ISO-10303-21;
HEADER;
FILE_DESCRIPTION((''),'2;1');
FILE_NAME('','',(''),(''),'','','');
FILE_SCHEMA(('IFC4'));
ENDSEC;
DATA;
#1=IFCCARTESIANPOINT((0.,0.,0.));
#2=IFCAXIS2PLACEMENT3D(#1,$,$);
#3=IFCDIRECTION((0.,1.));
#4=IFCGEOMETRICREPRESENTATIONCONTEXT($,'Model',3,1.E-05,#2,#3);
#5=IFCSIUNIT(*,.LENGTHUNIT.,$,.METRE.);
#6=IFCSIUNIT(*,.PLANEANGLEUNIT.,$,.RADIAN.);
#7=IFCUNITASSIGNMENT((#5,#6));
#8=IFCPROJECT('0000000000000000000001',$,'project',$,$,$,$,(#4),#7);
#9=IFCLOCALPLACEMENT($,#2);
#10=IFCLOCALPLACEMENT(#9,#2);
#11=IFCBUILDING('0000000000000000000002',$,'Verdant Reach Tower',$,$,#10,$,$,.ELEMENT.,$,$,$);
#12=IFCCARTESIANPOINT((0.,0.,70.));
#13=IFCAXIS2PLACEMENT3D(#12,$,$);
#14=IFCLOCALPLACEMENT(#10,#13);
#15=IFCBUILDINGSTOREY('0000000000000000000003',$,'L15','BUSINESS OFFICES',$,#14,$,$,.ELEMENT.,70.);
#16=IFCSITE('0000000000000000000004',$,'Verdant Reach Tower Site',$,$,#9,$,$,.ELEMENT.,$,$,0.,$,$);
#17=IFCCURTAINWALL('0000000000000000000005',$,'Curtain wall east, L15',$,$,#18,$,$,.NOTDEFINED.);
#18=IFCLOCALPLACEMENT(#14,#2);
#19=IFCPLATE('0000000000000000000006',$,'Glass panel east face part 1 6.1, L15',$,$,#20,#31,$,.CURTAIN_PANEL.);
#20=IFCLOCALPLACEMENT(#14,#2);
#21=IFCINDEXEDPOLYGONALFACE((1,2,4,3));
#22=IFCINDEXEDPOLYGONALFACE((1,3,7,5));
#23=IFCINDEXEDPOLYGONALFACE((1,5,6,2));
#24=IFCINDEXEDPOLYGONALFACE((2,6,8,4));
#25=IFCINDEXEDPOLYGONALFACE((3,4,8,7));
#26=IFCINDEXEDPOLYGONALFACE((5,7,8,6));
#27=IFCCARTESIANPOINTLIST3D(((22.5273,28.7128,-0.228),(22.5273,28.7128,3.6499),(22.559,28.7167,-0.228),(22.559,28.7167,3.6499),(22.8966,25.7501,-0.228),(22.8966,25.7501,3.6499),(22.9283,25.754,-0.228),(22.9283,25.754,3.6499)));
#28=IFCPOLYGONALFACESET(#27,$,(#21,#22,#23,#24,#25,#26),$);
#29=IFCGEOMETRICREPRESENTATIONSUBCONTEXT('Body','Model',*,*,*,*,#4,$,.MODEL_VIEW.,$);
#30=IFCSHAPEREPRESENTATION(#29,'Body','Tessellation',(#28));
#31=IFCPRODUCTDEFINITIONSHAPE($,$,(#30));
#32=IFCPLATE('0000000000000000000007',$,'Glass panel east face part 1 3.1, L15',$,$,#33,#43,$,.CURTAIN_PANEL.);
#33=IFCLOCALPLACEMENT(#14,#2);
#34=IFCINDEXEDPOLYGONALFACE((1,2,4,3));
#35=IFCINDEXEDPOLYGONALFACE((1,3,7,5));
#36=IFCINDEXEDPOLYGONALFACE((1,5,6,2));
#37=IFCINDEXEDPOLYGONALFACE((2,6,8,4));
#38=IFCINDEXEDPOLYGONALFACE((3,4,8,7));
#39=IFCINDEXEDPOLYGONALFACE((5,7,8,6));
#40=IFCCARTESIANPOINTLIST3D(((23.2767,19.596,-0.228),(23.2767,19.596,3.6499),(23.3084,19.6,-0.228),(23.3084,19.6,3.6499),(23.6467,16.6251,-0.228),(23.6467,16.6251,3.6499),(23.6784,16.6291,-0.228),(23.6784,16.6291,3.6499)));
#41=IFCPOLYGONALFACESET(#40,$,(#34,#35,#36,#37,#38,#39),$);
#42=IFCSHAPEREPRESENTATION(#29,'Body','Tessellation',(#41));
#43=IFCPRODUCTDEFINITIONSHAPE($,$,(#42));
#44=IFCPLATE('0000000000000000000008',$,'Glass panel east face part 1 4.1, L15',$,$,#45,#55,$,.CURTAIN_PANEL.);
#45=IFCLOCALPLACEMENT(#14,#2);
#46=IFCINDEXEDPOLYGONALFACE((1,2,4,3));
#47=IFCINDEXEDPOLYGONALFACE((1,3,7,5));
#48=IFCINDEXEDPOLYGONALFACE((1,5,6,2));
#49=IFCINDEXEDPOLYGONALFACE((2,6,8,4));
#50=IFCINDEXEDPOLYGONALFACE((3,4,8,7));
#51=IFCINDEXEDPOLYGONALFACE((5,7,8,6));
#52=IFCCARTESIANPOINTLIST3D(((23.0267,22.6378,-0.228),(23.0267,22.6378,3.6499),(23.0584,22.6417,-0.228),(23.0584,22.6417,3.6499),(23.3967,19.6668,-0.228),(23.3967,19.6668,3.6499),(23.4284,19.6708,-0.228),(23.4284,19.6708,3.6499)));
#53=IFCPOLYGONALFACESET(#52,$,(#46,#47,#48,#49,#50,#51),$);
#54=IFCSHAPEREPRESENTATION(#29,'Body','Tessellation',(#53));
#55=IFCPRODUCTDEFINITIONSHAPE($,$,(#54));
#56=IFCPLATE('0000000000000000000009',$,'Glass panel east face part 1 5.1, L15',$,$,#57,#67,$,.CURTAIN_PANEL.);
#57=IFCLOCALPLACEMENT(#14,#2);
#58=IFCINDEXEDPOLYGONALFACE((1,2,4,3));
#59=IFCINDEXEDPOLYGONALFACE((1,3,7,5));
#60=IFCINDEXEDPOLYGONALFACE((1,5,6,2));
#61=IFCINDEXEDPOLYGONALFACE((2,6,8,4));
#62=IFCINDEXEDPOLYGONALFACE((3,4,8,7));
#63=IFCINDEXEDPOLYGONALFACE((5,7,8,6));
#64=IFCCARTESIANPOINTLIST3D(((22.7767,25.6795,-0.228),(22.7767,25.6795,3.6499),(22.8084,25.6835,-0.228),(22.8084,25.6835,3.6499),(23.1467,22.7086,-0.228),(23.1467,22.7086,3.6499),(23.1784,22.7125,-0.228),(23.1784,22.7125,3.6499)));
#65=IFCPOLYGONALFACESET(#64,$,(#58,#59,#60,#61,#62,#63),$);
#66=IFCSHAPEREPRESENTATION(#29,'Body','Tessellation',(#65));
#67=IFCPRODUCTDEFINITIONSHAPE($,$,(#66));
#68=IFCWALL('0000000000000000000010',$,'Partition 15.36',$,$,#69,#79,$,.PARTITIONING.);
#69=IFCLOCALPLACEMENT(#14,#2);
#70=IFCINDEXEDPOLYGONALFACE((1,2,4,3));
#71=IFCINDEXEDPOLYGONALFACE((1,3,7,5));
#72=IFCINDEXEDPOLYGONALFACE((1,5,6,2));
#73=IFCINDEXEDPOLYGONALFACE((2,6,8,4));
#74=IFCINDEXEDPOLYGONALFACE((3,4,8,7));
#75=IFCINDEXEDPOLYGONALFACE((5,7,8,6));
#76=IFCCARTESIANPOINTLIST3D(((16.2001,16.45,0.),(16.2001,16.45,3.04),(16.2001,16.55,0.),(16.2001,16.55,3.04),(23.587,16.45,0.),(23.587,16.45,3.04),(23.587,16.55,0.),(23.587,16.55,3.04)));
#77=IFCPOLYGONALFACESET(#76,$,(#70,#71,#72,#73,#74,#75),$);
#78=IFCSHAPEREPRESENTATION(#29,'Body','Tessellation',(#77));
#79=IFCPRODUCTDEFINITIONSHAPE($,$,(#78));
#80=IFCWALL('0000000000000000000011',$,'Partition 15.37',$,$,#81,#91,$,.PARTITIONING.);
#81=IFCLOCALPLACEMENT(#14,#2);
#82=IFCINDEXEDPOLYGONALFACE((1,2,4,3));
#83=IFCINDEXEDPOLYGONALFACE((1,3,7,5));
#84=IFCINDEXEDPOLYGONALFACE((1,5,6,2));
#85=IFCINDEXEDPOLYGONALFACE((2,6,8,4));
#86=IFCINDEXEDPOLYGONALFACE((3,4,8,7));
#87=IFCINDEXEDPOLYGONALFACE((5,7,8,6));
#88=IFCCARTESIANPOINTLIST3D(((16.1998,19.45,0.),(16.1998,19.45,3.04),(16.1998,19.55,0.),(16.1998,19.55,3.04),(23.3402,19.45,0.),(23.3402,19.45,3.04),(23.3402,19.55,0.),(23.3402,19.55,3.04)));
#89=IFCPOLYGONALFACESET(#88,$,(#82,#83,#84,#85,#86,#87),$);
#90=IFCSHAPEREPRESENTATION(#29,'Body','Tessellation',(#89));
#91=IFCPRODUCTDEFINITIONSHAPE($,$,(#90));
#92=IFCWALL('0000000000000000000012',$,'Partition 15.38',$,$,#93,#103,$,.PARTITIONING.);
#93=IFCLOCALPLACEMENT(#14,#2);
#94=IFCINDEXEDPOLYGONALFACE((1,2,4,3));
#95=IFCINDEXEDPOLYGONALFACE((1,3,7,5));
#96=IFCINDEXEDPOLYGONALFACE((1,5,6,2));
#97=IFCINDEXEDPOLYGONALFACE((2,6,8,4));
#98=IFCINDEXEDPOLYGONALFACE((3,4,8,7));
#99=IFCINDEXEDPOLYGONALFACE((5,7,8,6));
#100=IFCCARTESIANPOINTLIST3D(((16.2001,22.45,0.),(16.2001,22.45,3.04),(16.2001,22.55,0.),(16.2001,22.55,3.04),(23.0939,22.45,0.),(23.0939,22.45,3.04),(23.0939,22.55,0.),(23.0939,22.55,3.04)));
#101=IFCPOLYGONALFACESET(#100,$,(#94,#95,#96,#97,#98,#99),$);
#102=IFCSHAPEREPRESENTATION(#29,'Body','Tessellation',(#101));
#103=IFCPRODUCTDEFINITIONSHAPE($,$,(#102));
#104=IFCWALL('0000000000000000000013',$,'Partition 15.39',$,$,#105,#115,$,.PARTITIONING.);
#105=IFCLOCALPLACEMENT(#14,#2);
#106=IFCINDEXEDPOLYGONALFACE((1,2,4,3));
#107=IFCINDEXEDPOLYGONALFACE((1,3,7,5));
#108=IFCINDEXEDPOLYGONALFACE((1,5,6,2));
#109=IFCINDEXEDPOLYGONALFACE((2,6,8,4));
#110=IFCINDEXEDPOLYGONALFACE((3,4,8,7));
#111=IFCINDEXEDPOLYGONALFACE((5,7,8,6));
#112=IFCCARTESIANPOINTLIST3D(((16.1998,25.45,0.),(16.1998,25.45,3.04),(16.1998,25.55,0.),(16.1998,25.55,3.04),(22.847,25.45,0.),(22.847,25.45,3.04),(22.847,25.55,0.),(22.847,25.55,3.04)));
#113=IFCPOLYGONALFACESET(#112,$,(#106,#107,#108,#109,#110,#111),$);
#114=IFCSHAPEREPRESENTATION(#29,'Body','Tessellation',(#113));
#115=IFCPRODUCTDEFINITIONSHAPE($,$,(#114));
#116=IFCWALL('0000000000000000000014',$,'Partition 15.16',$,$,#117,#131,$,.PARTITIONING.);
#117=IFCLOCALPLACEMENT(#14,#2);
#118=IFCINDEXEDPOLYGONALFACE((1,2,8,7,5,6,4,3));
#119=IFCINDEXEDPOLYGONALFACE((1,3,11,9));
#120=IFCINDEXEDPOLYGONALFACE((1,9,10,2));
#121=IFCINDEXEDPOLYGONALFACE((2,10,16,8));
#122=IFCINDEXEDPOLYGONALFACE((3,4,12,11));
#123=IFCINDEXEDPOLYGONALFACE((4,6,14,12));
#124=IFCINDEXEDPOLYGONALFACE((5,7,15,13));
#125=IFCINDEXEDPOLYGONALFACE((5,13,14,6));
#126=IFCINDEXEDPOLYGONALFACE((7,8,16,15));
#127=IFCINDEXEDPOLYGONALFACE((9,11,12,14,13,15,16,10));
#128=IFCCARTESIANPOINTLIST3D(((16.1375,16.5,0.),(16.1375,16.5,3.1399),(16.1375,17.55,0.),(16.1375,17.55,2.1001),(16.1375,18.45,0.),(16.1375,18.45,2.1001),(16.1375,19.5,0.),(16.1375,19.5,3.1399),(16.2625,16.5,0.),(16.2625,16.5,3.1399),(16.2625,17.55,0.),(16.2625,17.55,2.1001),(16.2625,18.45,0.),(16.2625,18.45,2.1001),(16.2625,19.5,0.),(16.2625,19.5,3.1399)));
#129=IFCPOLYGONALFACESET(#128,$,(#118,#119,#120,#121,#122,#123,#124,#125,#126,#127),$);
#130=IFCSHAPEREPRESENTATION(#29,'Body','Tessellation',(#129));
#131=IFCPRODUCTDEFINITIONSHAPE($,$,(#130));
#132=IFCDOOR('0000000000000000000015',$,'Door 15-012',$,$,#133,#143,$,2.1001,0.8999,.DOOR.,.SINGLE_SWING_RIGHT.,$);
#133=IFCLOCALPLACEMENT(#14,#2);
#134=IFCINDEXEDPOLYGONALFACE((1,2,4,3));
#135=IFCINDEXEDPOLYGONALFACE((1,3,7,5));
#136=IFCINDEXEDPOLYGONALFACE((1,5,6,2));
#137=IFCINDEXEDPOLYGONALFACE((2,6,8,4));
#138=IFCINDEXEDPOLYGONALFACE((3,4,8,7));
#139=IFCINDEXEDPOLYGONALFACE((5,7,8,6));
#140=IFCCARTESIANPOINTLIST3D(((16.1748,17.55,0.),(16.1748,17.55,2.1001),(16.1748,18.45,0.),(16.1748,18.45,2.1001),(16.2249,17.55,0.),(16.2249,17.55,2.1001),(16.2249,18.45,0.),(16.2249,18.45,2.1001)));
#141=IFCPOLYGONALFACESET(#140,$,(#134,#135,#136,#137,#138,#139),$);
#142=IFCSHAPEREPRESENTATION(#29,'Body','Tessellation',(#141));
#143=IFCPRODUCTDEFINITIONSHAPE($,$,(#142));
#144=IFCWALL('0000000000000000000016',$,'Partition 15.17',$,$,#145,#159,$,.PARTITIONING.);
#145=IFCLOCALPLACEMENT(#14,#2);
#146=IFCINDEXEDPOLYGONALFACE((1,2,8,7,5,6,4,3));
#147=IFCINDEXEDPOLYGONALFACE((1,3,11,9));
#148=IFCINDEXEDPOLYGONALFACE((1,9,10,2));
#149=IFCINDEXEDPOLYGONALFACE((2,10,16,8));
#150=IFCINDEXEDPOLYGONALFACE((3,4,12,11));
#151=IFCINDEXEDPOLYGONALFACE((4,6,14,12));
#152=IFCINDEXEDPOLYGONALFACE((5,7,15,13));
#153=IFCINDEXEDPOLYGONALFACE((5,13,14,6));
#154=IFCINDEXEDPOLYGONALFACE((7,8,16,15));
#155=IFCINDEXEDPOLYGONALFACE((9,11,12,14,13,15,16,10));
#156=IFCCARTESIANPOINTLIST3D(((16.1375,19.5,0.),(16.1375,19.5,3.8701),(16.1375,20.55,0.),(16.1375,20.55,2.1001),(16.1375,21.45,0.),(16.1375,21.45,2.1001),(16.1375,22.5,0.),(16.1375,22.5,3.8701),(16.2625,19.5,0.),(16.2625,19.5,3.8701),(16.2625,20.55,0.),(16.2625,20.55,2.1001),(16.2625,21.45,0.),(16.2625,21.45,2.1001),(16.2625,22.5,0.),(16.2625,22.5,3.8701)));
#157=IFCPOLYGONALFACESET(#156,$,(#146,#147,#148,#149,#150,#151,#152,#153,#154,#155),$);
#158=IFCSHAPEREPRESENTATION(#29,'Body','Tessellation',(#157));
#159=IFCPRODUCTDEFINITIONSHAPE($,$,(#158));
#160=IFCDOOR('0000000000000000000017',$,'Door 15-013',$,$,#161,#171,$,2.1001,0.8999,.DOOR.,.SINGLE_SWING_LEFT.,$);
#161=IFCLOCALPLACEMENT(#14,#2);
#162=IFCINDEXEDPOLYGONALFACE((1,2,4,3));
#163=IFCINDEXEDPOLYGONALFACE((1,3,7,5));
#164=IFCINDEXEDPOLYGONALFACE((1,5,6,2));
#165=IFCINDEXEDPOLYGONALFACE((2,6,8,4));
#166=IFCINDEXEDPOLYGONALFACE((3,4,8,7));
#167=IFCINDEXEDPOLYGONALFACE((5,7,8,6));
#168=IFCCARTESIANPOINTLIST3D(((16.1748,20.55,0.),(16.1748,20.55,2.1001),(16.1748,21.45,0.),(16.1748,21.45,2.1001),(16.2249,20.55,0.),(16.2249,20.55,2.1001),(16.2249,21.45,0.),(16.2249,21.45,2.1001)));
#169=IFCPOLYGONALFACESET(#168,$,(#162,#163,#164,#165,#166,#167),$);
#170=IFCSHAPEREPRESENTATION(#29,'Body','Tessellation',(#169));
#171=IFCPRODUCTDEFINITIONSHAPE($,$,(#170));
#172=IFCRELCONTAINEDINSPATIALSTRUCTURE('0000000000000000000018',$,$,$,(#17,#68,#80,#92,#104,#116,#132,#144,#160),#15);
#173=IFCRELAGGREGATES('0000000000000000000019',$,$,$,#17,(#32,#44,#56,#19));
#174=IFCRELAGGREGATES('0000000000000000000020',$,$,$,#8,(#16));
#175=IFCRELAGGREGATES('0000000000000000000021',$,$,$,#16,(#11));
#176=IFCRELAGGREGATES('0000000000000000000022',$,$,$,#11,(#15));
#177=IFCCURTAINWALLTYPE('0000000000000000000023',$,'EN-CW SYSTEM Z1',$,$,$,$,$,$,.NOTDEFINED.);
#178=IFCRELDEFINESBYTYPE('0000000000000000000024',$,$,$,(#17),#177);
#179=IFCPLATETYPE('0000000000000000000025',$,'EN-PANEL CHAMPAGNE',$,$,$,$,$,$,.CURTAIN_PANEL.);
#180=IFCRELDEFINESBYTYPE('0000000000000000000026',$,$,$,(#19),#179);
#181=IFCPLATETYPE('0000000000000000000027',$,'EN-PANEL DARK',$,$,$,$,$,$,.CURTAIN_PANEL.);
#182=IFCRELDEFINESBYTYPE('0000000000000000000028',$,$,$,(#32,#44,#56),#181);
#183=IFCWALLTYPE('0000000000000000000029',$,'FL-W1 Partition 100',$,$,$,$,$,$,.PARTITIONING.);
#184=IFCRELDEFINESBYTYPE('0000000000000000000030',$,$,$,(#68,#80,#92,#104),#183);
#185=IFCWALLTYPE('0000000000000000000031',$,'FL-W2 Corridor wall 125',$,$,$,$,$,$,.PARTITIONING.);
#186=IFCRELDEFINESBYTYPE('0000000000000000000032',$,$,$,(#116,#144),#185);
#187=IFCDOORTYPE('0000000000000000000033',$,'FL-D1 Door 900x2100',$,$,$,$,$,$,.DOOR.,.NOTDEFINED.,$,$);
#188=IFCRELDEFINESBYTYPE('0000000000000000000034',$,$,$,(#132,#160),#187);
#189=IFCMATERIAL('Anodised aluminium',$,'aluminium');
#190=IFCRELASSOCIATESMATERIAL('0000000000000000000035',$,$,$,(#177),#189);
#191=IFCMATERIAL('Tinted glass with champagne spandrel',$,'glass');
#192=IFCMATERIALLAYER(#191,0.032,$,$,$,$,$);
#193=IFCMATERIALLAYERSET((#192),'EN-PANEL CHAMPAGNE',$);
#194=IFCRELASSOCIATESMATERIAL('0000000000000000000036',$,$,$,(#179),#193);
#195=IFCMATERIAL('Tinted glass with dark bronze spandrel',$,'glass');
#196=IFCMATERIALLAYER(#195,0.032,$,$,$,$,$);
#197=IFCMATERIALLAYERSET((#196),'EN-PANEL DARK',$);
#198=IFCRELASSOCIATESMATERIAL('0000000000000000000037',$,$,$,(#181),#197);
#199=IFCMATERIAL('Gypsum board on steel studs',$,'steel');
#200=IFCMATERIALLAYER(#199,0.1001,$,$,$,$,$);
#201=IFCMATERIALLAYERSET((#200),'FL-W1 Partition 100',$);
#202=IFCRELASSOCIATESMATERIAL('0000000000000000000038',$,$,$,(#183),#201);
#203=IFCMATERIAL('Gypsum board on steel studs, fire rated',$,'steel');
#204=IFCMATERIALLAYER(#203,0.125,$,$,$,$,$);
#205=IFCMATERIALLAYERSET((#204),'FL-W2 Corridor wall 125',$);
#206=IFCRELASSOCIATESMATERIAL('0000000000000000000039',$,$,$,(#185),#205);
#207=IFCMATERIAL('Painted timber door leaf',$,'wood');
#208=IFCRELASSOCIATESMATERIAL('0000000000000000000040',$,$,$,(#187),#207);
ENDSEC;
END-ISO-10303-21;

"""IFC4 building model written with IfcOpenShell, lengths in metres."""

from ifc_helpers import new_model, si_unit, direction, frame, frame_2d, origin, origin_2d, place, context, subcontext, project, spatial, rectangle, extrude, material, layer, layer_set, type_object, element, fill, aggregate, save


model = new_model("IFC4")

# Units and contexts
model_context = context("Model", 3, precision=1e-05, world=origin(), true_north=direction((0.0, 1.0)))
body_context = subcontext(model_context, "Body", "Model", "MODEL_VIEW")
ifc_project = project(units=[si_unit("LENGTHUNIT", "METRE"), si_unit("PLANEANGLEUNIT", "RADIAN")], contexts=[model_context])

# Site, building, storey
site_placement = place(None, origin())
site = spatial("IfcSite", under=ifc_project, at=site_placement, Name="Verdant Reach Tower Site", CompositionType="ELEMENT", RefElevation=0.0)
building_placement = place(site_placement, origin())
building = spatial("IfcBuilding", under=site, at=building_placement, Name="Verdant Reach Tower", CompositionType="ELEMENT")
storey_placement = place(building_placement, frame((0.0, 0.0, 70.0)))
storey = spatial("IfcBuildingStorey", under=building, at=storey_placement, Name="L15", Description="BUSINESS OFFICES", CompositionType="ELEMENT", Elevation=70.0)

# Curtain wall
ifc_material_1 = material(Name="Anodised aluminium", Category="aluminium")
curtain_wall_type = type_object("IfcCurtainWallType", Name="EN-CW SYSTEM Z1", PredefinedType="NOTDEFINED", material=ifc_material_1)
curtain_wall_placement = place(storey_placement, origin())
curtain_wall = element("IfcCurtainWall", 1, at=curtain_wall_placement, inside=storey, type_object=curtain_wall_type, Name="Curtain wall east, L15", PredefinedType="NOTDEFINED")

# Plates
ifc_material_2 = material(Name="Tinted glass with champagne spandrel", Category="glass")
ifc_layer_1 = layer(ifc_material_2, 0.032)
ifc_layer_set_1 = layer_set([ifc_layer_1], Name="EN-PANEL CHAMPAGNE")
plate_type_1 = type_object("IfcPlateType", Name="EN-PANEL CHAMPAGNE", PredefinedType="CURTAIN_PANEL", material=ifc_layer_set_1)
plate_1_placement = place(storey_placement, frame((22.7278, 27.2334, -0.228), z_axis=(0.0, 0.0, 1.0), x_axis=(-0.123691, 0.992321, 0.0)))
plate_1 = element("IfcPlate", 2, at=plate_1_placement, type_object=plate_type_1, Name="Glass panel east face part 1 6.1, L15", PredefinedType="CURTAIN_PANEL", context=body_context, shape_type="SweptSolid", body=[
    extrude(rectangle(XDim=2.9856, YDim=0.032, at=origin_2d()), origin(), (0.0, 0.0, 1.0), 3.8779),
])
ifc_material_3 = material(Name="Tinted glass with dark bronze spandrel", Category="glass")
ifc_layer_2 = layer(ifc_material_3, 0.032)
ifc_layer_set_2 = layer_set([ifc_layer_2], Name="EN-PANEL DARK")
plate_type_2 = type_object("IfcPlateType", Name="EN-PANEL DARK", PredefinedType="CURTAIN_PANEL", material=ifc_layer_set_2)
plate_2_placement = place(storey_placement, frame((23.4775, 18.1125, -0.228), z_axis=(0.0, 0.0, 1.0), x_axis=(-0.123579, 0.992335, 0.0)))
plate_2 = element("IfcPlate", 3, at=plate_2_placement, type_object=plate_type_2, Name="Glass panel east face part 1 3.1, L15", PredefinedType="CURTAIN_PANEL", context=body_context, shape_type="SweptSolid", body=[
    extrude(rectangle(XDim=2.9939, YDim=0.032, at=origin_2d()), origin(), (0.0, 0.0, 1.0), 3.8779),
])
plate_3_placement = place(storey_placement, frame((23.2275, 21.1543, -0.228), z_axis=(0.0, 0.0, 1.0), x_axis=(-0.123579, 0.992335, 0.0)))
plate_3 = element("IfcPlate", 4, at=plate_3_placement, type_object=plate_type_2, Name="Glass panel east face part 1 4.1, L15", PredefinedType="CURTAIN_PANEL", context=body_context, shape_type="SweptSolid", body=[
    extrude(rectangle(XDim=2.9939, YDim=0.032, at=origin_2d()), origin(), (0.0, 0.0, 1.0), 3.8779),
])
plate_4_placement = place(storey_placement, frame((22.9775, 24.196, -0.228), z_axis=(0.0, 0.0, 1.0), x_axis=(-0.123579, 0.992335, 0.0)))
plate_4 = element("IfcPlate", 5, at=plate_4_placement, type_object=plate_type_2, Name="Glass panel east face part 1 5.1, L15", PredefinedType="CURTAIN_PANEL", context=body_context, shape_type="SweptSolid", body=[
    extrude(rectangle(XDim=2.9939, YDim=0.032, at=origin_2d()), origin(), (0.0, 0.0, 1.0), 3.8779),
])
aggregate(curtain_wall, [plate_2, plate_3, plate_4, plate_1])

# Walls
ifc_material_4 = material(Name="Gypsum board on steel studs", Category="steel")
ifc_layer_3 = layer(ifc_material_4, 0.1001)
ifc_layer_set_3 = layer_set([ifc_layer_3], Name="FL-W1 Partition 100")
wall_type_1 = type_object("IfcWallType", Name="FL-W1 Partition 100", PredefinedType="PARTITIONING", material=ifc_layer_set_3)
wall_1_placement = place(storey_placement, frame((23.5869, 16.5, 0.0), z_axis=(0.0, 0.0, 1.0), x_axis=(-1.0, 0.0, 0.0)))
element("IfcWall", 6, at=wall_1_placement, inside=storey, type_object=wall_type_1, Name="Partition 15.36", PredefinedType="PARTITIONING", context=body_context, shape_type="SweptSolid", body=[
    extrude(rectangle(XDim=7.387, YDim=0.1001, at=frame_2d((3.6934, 0.0))), origin(), (0.0, 0.0, 1.0), 3.04),
])
wall_2_placement = place(storey_placement, frame((23.3403, 19.5, 0.0), z_axis=(0.0, 0.0, 1.0), x_axis=(-1.0, 0.0, 0.0)))
element("IfcWall", 7, at=wall_2_placement, inside=storey, type_object=wall_type_1, Name="Partition 15.37", PredefinedType="PARTITIONING", context=body_context, shape_type="SweptSolid", body=[
    extrude(rectangle(XDim=7.1404, YDim=0.1001, at=frame_2d((3.5703, 0.0))), origin(), (0.0, 0.0, 1.0), 3.04),
])
wall_3_placement = place(storey_placement, frame((23.0938, 22.5, 0.0), z_axis=(0.0, 0.0, 1.0), x_axis=(-1.0, 0.0, 0.0)))
element("IfcWall", 8, at=wall_3_placement, inside=storey, type_object=wall_type_1, Name="Partition 15.38", PredefinedType="PARTITIONING", context=body_context, shape_type="SweptSolid", body=[
    extrude(rectangle(XDim=6.8938, YDim=0.1001, at=frame_2d((3.4468, 0.0))), origin(), (0.0, 0.0, 1.0), 3.04),
])
wall_4_placement = place(storey_placement, frame((22.8472, 25.5, 0.0), z_axis=(0.0, 0.0, 1.0), x_axis=(-1.0, 0.0, 0.0)))
element("IfcWall", 9, at=wall_4_placement, inside=storey, type_object=wall_type_1, Name="Partition 15.39", PredefinedType="PARTITIONING", context=body_context, shape_type="SweptSolid", body=[
    extrude(rectangle(XDim=6.6472, YDim=0.1001, at=frame_2d((3.3237, 0.0))), origin(), (0.0, 0.0, 1.0), 3.04),
])

# Walls, openings, doors
ifc_material_5 = material(Name="Gypsum board on steel studs, fire rated", Category="steel")
ifc_layer_4 = layer(ifc_material_5, 0.125)
ifc_layer_set_4 = layer_set([ifc_layer_4], Name="FL-W2 Corridor wall 125")
wall_type_2 = type_object("IfcWallType", Name="FL-W2 Corridor wall 125", PredefinedType="PARTITIONING", material=ifc_layer_set_4)
wall_5_placement = place(storey_placement, frame((16.2, 19.5, 0.0), z_axis=(0.0, 0.0, 1.0), x_axis=(0.0, -1.0, 0.0)))
wall_5 = element("IfcWall", 10, at=wall_5_placement, inside=storey, type_object=wall_type_2, Name="Partition 15.16", PredefinedType="PARTITIONING", context=body_context, shape_type="SweptSolid", body=[
    extrude(rectangle(XDim=3.0, YDim=0.125, at=frame_2d((1.5, 0.0))), origin(), (0.0, 0.0, 1.0), 3.1399),
])
opening_1_placement = place(wall_5_placement, frame((1.05, 0.0, 0.0)))
opening_1 = element("IfcOpeningElement", 11, at=opening_1_placement, cuts=wall_5, PredefinedType="OPENING", context=body_context, shape_type="SweptSolid", body=[
    extrude(rectangle(XDim=0.8999, YDim=2.1001, at=frame_2d((0.45, 1.05))), frame((0.0, 0.0725, 0.0), z_axis=(0.0, -1.0, 0.0), x_axis=(1.0, 0.0, 0.0)), (0.0, 0.0, 1.0), 0.145),
])
ifc_material_6 = material(Name="Painted timber door leaf", Category="wood")
door_type = type_object("IfcDoorType", Name="FL-D1 Door 900x2100", OperationType="NOTDEFINED", PredefinedType="DOOR", material=ifc_material_6)
door_1_placement = place(opening_1_placement, origin())
door_1 = element("IfcDoor", 12, at=door_1_placement, inside=storey, type_object=door_type, Name="Door 15-012", OperationType="SINGLE_SWING_RIGHT", OverallHeight=2.1001, OverallWidth=0.8999, PredefinedType="DOOR", context=body_context, shape_type="SweptSolid", body=[
    extrude(rectangle(XDim=0.8999, YDim=2.1001, at=frame_2d((0.45, 1.05))), frame((0.0, 0.0249, 0.0), z_axis=(0.0, -1.0, 0.0), x_axis=(1.0, 0.0, 0.0)), (0.0, 0.0, 1.0), 0.05),
])
fill(opening_1, door_1)
wall_6_placement = place(storey_placement, frame((16.2, 22.5, 0.0), z_axis=(0.0, 0.0, 1.0), x_axis=(0.0, -1.0, 0.0)))
wall_6 = element("IfcWall", 13, at=wall_6_placement, inside=storey, type_object=wall_type_2, Name="Partition 15.17", PredefinedType="PARTITIONING", context=body_context, shape_type="SweptSolid", body=[
    extrude(rectangle(XDim=3.0, YDim=0.125, at=frame_2d((1.5, 0.0))), origin(), (0.0, 0.0, 1.0), 3.8701),
])
opening_2_placement = place(wall_6_placement, frame((1.05, 0.0, 0.0)))
opening_2 = element("IfcOpeningElement", 14, at=opening_2_placement, cuts=wall_6, PredefinedType="OPENING", context=body_context, shape_type="SweptSolid", body=[
    extrude(rectangle(XDim=0.8999, YDim=2.1001, at=frame_2d((0.45, 1.05))), frame((0.0, 0.0725, 0.0), z_axis=(0.0, -1.0, 0.0), x_axis=(1.0, 0.0, 0.0)), (0.0, 0.0, 1.0), 0.145),
])
door_2_placement = place(opening_2_placement, origin())
door_2 = element("IfcDoor", 15, at=door_2_placement, inside=storey, type_object=door_type, Name="Door 15-013", OperationType="SINGLE_SWING_LEFT", OverallHeight=2.1001, OverallWidth=0.8999, PredefinedType="DOOR", context=body_context, shape_type="SweptSolid", body=[
    extrude(rectangle(XDim=0.8999, YDim=2.1001, at=frame_2d((0.45, 1.05))), frame((0.0, 0.0249, 0.0), z_axis=(0.0, -1.0, 0.0), x_axis=(1.0, 0.0, 0.0)), (0.0, 0.0, 1.0), 0.05),
])
fill(opening_2, door_2)

save(model, "model.ifc")
